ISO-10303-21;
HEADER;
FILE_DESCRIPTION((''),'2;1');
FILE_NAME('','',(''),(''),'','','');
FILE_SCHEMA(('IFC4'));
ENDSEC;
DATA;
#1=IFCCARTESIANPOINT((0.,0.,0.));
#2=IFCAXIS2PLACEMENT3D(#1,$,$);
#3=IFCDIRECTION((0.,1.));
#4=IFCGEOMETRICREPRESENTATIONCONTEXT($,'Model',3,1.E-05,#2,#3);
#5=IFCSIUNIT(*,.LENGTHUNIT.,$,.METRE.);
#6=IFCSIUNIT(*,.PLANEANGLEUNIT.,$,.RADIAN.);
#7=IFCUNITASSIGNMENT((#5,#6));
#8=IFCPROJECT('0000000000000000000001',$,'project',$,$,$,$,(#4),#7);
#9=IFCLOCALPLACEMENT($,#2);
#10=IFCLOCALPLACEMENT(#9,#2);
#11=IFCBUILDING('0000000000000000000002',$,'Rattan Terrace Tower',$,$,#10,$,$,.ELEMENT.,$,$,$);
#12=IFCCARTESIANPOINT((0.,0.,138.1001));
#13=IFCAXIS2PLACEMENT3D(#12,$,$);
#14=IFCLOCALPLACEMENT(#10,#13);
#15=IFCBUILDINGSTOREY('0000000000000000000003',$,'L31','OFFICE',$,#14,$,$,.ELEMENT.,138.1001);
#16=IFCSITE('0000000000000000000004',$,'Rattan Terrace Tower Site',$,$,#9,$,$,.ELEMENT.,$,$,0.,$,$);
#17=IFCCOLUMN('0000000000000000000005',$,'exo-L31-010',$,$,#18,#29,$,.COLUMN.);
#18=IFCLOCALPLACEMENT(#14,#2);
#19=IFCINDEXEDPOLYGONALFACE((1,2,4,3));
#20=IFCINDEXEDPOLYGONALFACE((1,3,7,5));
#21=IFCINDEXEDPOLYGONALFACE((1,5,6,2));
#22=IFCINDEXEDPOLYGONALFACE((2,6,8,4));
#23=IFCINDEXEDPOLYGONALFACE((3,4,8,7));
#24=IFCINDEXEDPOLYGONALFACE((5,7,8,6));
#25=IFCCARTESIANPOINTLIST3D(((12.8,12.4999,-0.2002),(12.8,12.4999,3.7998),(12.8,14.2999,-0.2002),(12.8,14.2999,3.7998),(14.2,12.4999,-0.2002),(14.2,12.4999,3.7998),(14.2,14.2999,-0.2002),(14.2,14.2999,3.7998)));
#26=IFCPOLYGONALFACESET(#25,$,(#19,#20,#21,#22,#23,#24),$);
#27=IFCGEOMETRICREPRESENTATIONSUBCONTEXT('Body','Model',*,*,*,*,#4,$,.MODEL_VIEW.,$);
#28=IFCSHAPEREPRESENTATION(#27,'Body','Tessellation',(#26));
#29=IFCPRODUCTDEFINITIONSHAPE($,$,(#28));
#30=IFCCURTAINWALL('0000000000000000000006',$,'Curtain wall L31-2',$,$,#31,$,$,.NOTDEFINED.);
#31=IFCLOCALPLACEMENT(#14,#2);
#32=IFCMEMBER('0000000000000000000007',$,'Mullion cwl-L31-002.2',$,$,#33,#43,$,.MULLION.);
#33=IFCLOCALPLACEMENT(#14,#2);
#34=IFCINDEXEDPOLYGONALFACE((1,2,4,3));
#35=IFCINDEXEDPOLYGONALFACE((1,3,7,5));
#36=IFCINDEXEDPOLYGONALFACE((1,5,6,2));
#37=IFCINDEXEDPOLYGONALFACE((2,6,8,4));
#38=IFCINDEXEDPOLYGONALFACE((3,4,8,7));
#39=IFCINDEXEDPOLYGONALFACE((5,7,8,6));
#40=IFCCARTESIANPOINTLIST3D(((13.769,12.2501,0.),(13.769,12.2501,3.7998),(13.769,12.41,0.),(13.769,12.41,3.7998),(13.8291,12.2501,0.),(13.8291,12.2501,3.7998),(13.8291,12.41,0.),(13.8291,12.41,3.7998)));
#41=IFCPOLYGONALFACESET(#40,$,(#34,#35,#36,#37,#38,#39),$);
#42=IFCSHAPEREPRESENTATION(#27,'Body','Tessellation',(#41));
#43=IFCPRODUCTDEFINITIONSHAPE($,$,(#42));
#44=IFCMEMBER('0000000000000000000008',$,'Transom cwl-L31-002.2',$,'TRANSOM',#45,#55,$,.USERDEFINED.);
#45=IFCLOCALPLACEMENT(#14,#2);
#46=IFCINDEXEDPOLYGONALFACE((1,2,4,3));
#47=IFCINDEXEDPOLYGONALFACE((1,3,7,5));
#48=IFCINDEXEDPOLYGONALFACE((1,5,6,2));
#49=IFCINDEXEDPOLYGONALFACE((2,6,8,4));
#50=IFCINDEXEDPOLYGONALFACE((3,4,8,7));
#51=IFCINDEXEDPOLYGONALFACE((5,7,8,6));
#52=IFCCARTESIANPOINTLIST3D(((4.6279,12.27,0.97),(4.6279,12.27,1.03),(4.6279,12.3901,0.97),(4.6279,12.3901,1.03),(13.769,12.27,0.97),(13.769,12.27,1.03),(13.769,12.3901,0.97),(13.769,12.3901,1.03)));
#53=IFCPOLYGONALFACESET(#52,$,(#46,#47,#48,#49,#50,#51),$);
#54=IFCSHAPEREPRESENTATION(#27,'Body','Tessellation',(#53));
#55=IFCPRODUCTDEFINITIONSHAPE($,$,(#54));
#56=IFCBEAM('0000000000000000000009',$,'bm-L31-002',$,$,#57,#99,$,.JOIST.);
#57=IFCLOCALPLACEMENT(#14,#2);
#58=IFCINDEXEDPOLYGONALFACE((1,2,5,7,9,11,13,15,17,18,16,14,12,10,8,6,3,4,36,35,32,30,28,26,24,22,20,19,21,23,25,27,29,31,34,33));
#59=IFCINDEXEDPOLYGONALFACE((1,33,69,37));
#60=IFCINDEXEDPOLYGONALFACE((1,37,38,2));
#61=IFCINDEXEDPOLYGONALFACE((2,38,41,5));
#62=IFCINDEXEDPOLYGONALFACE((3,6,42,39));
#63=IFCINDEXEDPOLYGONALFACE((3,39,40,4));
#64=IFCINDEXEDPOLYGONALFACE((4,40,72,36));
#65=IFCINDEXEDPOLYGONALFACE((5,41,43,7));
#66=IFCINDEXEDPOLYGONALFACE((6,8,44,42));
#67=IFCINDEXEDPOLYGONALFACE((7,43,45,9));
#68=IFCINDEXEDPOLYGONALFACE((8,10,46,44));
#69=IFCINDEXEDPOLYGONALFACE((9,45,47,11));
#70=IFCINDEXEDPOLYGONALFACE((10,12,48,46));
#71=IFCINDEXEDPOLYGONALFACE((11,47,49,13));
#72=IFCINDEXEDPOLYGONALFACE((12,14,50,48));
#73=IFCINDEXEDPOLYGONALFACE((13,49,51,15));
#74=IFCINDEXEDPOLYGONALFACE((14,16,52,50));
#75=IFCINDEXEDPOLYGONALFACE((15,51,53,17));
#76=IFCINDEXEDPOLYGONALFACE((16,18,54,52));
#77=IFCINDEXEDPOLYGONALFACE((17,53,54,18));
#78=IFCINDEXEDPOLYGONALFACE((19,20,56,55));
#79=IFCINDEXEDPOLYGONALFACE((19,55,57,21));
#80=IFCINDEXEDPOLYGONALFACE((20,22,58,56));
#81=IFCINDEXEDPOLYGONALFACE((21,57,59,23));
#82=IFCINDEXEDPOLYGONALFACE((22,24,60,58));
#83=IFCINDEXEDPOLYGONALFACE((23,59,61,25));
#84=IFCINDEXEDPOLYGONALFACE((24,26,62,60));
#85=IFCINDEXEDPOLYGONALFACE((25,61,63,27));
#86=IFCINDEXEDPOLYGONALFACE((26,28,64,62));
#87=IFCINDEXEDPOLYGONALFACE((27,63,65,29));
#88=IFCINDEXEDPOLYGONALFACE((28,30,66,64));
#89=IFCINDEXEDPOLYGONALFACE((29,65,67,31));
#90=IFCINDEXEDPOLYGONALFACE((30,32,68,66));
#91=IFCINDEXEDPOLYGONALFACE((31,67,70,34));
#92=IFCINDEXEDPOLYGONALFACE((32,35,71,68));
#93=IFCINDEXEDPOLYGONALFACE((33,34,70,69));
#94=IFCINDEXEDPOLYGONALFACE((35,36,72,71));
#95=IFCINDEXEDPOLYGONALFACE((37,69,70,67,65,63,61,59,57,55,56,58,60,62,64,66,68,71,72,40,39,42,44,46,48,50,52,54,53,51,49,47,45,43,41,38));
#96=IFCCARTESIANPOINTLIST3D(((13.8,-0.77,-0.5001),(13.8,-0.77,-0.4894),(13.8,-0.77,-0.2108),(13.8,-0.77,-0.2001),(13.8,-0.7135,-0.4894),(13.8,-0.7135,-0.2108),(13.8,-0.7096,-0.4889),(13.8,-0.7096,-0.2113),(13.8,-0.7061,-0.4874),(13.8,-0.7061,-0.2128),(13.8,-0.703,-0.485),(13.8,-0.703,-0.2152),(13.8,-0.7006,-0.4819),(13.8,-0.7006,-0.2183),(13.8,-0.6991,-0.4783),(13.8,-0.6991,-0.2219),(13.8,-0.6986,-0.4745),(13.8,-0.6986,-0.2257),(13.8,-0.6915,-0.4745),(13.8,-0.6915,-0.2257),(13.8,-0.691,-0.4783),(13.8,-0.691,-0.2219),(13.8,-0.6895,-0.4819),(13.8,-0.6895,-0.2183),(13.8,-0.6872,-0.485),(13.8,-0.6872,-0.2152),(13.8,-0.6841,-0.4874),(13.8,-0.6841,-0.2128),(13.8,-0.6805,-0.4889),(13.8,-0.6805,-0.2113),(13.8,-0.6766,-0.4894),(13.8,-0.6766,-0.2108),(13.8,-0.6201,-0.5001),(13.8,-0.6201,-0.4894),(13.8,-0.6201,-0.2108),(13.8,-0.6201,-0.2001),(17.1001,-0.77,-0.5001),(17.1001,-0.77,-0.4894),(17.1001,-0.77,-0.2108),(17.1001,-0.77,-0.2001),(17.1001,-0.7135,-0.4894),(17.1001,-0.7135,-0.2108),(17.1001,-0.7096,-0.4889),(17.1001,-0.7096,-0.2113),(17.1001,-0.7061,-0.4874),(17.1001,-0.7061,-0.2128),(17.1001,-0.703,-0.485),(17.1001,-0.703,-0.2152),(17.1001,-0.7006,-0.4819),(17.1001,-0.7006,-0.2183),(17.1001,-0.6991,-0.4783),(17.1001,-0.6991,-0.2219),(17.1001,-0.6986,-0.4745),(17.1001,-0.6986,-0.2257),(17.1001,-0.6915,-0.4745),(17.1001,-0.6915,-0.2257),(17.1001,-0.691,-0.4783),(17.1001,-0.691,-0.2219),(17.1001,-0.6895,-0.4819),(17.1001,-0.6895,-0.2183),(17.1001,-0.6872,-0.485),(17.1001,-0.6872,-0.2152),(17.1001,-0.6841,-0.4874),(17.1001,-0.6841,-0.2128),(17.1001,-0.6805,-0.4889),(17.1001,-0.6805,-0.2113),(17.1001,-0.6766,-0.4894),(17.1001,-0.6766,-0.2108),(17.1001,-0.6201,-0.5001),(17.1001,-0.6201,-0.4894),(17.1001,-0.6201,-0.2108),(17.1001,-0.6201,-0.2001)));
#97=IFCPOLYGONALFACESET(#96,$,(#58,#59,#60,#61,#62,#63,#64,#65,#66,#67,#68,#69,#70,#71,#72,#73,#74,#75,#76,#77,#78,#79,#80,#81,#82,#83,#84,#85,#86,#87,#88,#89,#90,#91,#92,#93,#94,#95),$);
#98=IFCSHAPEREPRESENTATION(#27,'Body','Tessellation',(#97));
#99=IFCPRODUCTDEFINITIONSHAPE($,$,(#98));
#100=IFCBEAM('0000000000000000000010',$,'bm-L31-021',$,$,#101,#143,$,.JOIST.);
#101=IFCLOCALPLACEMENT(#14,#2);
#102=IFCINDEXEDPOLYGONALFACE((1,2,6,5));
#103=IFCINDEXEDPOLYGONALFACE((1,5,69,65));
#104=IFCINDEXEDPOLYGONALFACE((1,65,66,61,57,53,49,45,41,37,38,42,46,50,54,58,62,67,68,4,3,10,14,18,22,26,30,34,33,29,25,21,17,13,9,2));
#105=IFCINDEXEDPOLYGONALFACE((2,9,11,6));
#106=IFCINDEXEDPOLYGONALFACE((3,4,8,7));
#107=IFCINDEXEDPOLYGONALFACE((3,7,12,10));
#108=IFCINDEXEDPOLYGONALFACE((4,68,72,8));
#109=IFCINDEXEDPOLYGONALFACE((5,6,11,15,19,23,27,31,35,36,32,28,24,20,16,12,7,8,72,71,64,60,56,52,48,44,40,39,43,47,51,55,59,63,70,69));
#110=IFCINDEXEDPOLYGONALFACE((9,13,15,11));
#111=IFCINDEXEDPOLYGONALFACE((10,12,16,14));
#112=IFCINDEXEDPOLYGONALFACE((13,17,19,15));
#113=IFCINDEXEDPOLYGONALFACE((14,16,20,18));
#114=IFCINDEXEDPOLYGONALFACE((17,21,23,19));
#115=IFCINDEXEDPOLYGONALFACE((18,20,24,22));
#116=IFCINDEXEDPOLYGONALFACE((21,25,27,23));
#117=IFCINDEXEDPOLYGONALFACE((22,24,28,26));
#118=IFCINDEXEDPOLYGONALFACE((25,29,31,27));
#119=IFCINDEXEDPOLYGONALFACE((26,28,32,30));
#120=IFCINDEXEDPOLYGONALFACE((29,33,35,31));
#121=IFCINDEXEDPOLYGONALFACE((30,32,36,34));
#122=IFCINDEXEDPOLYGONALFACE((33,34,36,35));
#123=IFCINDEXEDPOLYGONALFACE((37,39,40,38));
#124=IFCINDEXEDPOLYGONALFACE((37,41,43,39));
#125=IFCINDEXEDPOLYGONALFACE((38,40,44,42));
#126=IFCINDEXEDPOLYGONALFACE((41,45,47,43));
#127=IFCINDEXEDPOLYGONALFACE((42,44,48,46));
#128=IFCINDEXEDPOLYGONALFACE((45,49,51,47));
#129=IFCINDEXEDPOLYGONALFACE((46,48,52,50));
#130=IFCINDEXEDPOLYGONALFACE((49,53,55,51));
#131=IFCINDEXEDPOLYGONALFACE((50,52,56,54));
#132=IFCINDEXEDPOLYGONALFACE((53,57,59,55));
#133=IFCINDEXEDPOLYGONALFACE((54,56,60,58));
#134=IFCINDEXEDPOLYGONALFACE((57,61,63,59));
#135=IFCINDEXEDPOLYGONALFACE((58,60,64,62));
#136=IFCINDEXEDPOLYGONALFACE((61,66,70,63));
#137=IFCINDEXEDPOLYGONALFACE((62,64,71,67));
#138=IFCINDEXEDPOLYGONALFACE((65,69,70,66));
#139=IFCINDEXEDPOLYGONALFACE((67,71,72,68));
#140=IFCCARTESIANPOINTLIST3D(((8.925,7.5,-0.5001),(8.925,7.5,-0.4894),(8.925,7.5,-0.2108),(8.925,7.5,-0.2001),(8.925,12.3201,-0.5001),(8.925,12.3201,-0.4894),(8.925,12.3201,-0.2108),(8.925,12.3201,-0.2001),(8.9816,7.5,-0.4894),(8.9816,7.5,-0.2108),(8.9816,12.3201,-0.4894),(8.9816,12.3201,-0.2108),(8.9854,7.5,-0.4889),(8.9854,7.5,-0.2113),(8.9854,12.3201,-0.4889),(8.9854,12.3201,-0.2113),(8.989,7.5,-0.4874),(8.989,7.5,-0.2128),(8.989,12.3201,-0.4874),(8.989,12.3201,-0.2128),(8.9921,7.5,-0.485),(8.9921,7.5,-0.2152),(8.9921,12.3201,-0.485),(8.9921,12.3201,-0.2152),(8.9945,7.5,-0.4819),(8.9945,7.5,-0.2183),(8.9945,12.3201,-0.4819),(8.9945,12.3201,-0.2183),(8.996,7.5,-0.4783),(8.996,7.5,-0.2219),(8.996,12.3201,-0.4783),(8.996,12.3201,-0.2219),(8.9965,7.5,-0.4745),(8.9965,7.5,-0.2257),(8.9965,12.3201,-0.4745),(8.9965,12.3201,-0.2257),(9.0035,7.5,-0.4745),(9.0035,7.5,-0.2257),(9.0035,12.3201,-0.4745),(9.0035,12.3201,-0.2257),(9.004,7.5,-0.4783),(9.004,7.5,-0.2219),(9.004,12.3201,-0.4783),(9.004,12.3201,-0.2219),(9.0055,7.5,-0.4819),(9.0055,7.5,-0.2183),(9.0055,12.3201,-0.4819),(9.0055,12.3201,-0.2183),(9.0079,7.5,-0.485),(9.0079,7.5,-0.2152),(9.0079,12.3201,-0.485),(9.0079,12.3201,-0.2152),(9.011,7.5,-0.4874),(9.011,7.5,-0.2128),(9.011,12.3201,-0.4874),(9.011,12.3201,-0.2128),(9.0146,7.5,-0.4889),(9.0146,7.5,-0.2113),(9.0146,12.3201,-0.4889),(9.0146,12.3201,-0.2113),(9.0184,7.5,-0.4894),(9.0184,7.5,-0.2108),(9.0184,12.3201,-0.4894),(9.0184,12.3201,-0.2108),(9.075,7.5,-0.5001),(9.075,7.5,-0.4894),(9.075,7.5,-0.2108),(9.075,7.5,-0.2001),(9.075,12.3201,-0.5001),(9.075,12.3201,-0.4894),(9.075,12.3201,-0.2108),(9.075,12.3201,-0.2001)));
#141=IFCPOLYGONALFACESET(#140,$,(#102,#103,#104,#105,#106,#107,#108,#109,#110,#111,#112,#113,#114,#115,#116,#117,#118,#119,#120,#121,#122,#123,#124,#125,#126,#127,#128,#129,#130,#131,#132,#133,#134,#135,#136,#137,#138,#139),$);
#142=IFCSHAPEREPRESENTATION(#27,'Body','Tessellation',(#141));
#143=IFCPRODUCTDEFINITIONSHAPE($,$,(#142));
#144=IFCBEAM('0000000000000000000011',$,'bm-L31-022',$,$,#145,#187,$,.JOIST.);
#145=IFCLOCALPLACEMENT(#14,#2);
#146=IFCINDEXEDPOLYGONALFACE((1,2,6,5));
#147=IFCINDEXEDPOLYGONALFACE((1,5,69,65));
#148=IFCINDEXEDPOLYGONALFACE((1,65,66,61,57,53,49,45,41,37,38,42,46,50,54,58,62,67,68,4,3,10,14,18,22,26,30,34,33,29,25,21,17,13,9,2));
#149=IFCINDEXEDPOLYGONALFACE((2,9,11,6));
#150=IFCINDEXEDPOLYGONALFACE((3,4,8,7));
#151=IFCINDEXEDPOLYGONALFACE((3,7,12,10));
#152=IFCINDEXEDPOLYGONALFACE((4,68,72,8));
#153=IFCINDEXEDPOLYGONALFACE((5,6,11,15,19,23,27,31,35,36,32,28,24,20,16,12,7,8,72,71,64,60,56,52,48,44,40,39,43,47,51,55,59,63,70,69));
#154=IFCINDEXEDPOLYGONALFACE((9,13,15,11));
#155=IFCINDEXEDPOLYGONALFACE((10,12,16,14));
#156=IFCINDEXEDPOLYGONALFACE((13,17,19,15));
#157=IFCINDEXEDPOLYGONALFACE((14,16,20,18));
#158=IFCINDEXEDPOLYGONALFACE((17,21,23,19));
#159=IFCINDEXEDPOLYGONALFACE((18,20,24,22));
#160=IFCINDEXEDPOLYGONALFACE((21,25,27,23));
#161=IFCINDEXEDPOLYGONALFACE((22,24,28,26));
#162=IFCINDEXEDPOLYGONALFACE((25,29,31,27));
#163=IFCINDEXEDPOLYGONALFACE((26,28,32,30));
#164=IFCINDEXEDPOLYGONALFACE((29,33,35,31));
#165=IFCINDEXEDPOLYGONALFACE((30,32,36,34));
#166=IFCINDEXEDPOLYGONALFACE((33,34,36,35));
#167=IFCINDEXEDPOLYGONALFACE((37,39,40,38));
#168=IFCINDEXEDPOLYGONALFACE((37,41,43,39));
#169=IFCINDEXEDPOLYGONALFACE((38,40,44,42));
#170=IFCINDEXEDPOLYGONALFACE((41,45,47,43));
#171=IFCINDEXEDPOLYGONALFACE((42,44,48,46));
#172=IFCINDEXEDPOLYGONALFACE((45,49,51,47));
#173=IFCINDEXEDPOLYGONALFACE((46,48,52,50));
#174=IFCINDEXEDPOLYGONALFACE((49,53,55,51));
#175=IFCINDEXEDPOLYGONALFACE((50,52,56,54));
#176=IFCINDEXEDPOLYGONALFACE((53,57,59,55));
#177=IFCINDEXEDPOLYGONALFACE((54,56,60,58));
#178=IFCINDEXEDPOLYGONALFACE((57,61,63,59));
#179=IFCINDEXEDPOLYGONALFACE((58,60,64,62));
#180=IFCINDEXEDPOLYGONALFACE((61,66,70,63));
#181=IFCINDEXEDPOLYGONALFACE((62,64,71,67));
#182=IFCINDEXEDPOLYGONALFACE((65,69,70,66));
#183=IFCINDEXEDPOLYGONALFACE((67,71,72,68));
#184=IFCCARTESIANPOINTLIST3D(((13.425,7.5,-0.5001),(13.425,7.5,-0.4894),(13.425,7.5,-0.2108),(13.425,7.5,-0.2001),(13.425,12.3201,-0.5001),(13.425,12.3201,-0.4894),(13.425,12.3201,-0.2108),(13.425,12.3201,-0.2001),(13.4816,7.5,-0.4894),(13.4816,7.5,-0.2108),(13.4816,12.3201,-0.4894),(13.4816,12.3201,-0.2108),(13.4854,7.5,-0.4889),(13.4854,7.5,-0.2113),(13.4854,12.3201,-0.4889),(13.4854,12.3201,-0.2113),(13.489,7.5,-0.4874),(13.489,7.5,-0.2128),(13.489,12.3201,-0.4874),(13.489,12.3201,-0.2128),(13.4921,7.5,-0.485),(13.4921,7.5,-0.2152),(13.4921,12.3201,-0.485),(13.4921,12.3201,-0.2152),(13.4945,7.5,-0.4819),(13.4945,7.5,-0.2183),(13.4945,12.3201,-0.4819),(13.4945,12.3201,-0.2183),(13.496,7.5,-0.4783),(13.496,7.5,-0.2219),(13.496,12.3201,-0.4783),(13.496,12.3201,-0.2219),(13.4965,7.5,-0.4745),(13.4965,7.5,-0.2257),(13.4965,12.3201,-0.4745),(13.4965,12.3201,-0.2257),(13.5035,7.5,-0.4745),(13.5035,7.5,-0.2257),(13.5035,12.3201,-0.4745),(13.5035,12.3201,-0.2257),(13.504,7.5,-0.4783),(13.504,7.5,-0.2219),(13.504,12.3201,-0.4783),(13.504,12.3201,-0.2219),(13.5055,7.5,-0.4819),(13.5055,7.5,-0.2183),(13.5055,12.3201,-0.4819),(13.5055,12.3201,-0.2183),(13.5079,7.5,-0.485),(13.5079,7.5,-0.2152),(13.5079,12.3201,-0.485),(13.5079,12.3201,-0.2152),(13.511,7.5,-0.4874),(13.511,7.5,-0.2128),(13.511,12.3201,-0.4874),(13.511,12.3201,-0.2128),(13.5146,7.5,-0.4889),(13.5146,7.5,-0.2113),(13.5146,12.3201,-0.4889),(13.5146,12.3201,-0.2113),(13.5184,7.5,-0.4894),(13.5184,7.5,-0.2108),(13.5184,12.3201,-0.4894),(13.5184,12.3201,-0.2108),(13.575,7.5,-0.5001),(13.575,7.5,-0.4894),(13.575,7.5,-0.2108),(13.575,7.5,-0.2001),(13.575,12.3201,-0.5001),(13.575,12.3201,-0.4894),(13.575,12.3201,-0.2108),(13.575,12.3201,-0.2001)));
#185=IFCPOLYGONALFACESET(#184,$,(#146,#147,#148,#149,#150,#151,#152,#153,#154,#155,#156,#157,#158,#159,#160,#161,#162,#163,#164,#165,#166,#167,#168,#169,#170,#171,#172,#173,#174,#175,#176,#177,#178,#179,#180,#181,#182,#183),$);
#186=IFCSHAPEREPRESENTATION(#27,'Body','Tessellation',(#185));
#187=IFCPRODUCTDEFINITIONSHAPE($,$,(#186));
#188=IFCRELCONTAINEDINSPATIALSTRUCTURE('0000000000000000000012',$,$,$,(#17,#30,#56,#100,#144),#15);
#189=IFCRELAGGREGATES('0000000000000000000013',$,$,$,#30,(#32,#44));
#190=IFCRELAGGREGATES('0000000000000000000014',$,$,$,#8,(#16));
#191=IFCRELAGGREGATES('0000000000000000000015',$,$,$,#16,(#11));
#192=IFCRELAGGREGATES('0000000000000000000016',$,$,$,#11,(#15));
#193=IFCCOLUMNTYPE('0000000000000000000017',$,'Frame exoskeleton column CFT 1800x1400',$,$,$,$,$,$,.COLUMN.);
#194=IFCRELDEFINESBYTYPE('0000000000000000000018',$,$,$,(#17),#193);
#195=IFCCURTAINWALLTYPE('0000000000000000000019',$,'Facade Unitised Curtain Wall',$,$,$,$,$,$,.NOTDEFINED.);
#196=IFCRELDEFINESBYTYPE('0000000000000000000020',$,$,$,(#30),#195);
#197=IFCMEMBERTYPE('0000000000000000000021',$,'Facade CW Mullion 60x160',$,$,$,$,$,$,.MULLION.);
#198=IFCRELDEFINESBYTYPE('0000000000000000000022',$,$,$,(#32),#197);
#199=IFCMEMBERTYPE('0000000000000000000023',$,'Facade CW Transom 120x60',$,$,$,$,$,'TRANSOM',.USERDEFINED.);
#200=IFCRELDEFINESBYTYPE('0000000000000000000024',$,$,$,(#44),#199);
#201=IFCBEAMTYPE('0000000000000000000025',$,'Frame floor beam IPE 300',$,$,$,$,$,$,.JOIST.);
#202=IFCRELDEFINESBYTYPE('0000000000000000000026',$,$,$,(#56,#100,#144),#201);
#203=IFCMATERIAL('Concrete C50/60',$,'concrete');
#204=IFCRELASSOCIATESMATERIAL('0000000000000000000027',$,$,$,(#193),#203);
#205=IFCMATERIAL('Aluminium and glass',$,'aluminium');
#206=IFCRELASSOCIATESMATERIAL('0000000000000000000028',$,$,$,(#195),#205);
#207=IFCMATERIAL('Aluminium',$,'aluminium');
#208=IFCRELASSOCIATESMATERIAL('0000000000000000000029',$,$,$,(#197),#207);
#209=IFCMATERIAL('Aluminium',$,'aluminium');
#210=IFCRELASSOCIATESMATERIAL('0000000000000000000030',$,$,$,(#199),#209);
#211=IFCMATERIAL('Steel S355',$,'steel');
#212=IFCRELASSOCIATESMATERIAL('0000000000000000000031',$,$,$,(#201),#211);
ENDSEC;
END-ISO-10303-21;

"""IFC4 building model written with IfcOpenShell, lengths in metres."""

from ifc_helpers import new_model, si_unit, direction, frame, origin, origin_2d, place, context, subcontext, project, spatial, rectangle, i_section, extrude, material, material_profile, profile_set, type_object, element, aggregate, save


model = new_model("IFC4")

# Units and contexts
model_context = context("Model", 3, precision=1e-05, world=origin(), true_north=direction((0.0, 1.0)))
body_context = subcontext(model_context, "Body", "Model", "MODEL_VIEW")
ifc_project = project(units=[si_unit("LENGTHUNIT", "METRE"), si_unit("PLANEANGLEUNIT", "RADIAN")], contexts=[model_context])

# Site, building, storey
site_placement = place(None, origin())
site = spatial("IfcSite", under=ifc_project, at=site_placement, Name="Rattan Terrace Tower Site", CompositionType="ELEMENT", RefElevation=0.0)
building_placement = place(site_placement, origin())
building = spatial("IfcBuilding", under=site, at=building_placement, Name="Rattan Terrace Tower", CompositionType="ELEMENT")
storey_placement = place(building_placement, frame((0.0, 0.0, 138.1001)))
storey = spatial("IfcBuildingStorey", under=building, at=storey_placement, Name="L31", Description="OFFICE", CompositionType="ELEMENT", Elevation=138.1001)

# Column
ifc_material_1 = material(Name="Concrete C50/60", Category="concrete")
ifc_material_profile_1 = material_profile(ifc_material_1, rectangle(XDim=1.3999, YDim=1.8, at=origin_2d()), Name="CFT 1800x1400")
ifc_profile_set_1 = profile_set([ifc_material_profile_1], Name="Concrete C50/60")
column_type = type_object("IfcColumnType", Name="Frame exoskeleton column CFT 1800x1400", PredefinedType="COLUMN", material=ifc_profile_set_1)
column_placement = place(storey_placement, frame((13.5, 13.3999, -0.2002), z_axis=(0.0, 0.0, 1.0), x_axis=(1.0, 0.0, 0.0)))
element("IfcColumn", 1, at=column_placement, inside=storey, type_object=column_type, Name="exo-L31-010", PredefinedType="COLUMN", context=body_context, shape_type="SweptSolid", body=[
    extrude(rectangle(XDim=1.3999, YDim=1.8, at=origin_2d()), origin(), (0.0, 0.0, 1.0), 4.0),
])

# Curtain wall, members
ifc_material_2 = material(Name="Aluminium and glass", Category="aluminium")
curtain_wall_type = type_object("IfcCurtainWallType", Name="Facade Unitised Curtain Wall", PredefinedType="NOTDEFINED", material=ifc_material_2)
curtain_wall_placement = place(storey_placement, origin())
curtain_wall = element("IfcCurtainWall", 2, at=curtain_wall_placement, inside=storey, type_object=curtain_wall_type, Name="Curtain wall L31-2", PredefinedType="NOTDEFINED")
ifc_material_3 = material(Name="Aluminium", Category="aluminium")
ifc_material_profile_2 = material_profile(ifc_material_3, rectangle(XDim=0.0601, YDim=0.1599, at=origin_2d()), Name="Aluminium 60x160")
ifc_profile_set_2 = profile_set([ifc_material_profile_2], Name="Aluminium")
member_type_1 = type_object("IfcMemberType", Name="Facade CW Mullion 60x160", PredefinedType="MULLION", material=ifc_profile_set_2)
member_1_placement = place(storey_placement, frame((13.7991, 12.3301, 0.0), z_axis=(0.0, 0.0, 1.0), x_axis=(-1.0, 0.0, 0.0)))
member_1 = element("IfcMember", 3, at=member_1_placement, type_object=member_type_1, Name="Mullion cwl-L31-002.2", PredefinedType="MULLION", context=body_context, shape_type="SweptSolid", body=[
    extrude(rectangle(XDim=0.0601, YDim=0.1599, at=origin_2d()), origin(), (0.0, 0.0, 1.0), 3.7998),
])
ifc_material_4 = material(Name="Aluminium", Category="aluminium")
ifc_material_profile_3 = material_profile(ifc_material_4, rectangle(XDim=0.1201, YDim=0.0601, at=origin_2d()), Name="Aluminium 120x60")
ifc_profile_set_3 = profile_set([ifc_material_profile_3], Name="Aluminium")
member_type_2 = type_object("IfcMemberType", Name="Facade CW Transom 120x60", ElementType="TRANSOM", PredefinedType="USERDEFINED", material=ifc_profile_set_3)
member_2_placement = place(storey_placement, frame((13.769, 12.3301, 1.0), z_axis=(-1.0, 0.0, 0.0), x_axis=(0.0, -1.0, 0.0)))
member_2 = element("IfcMember", 4, at=member_2_placement, type_object=member_type_2, Name="Transom cwl-L31-002.2", ObjectType="TRANSOM", PredefinedType="USERDEFINED", context=body_context, shape_type="SweptSolid", body=[
    extrude(rectangle(XDim=0.1201, YDim=0.0601, at=origin_2d()), origin(), (0.0, 0.0, 1.0), 9.1411),
])

# Beams
ifc_material_5 = material(Name="Steel S355", Category="steel")
ifc_material_profile_4 = material_profile(ifc_material_5, i_section(OverallWidth=0.1499, OverallDepth=0.3, WebThickness=0.0071, FlangeThickness=0.0107, FilletRadius=0.0149, at=origin_2d()), Name="IPE 300")
ifc_profile_set_4 = profile_set([ifc_material_profile_4], Name="Steel S355")
beam_type = type_object("IfcBeamType", Name="Frame floor beam IPE 300", PredefinedType="JOIST", material=ifc_profile_set_4)
beam_placement = place(storey_placement, frame((13.8, -0.6951, -0.3501), z_axis=(1.0, 0.0, 0.0), x_axis=(0.0, 1.0, 0.0)))
element("IfcBeam", 5, at=beam_placement, inside=storey, type_object=beam_type, Name="bm-L31-002", PredefinedType="JOIST", context=body_context, shape_type="SweptSolid", body=[
    extrude(i_section(OverallWidth=0.1499, OverallDepth=0.3, WebThickness=0.0071, FlangeThickness=0.0107, FilletRadius=0.0149, at=origin_2d()), origin(), (0.0, 0.0, 1.0), 3.3),
])
for number, where, z_axis, x_axis, name in (
    (6, (9.0, 7.5, -0.3501), (0.0, 1.0, 0.0), (-1.0, 0.0, 0.0), "bm-L31-021"),
    (7, (13.5, 7.5, -0.3501), (0.0, 1.0, 0.0), (-1.0, 0.0, 0.0), "bm-L31-022"),
):
    element("IfcBeam", number, at=place(storey_placement, frame(where, z_axis=z_axis, x_axis=x_axis)), inside=storey, type_object=beam_type, Name=name, PredefinedType="JOIST", context=body_context, shape_type="SweptSolid", body=[
        extrude(i_section(OverallWidth=0.1499, OverallDepth=0.3, WebThickness=0.0071, FlangeThickness=0.0107, FilletRadius=0.0149, at=origin_2d()), origin(), (0.0, 0.0, 1.0), 4.8201),
    ])

aggregate(curtain_wall, [member_1, member_2])

save(model, "model.ifc")
